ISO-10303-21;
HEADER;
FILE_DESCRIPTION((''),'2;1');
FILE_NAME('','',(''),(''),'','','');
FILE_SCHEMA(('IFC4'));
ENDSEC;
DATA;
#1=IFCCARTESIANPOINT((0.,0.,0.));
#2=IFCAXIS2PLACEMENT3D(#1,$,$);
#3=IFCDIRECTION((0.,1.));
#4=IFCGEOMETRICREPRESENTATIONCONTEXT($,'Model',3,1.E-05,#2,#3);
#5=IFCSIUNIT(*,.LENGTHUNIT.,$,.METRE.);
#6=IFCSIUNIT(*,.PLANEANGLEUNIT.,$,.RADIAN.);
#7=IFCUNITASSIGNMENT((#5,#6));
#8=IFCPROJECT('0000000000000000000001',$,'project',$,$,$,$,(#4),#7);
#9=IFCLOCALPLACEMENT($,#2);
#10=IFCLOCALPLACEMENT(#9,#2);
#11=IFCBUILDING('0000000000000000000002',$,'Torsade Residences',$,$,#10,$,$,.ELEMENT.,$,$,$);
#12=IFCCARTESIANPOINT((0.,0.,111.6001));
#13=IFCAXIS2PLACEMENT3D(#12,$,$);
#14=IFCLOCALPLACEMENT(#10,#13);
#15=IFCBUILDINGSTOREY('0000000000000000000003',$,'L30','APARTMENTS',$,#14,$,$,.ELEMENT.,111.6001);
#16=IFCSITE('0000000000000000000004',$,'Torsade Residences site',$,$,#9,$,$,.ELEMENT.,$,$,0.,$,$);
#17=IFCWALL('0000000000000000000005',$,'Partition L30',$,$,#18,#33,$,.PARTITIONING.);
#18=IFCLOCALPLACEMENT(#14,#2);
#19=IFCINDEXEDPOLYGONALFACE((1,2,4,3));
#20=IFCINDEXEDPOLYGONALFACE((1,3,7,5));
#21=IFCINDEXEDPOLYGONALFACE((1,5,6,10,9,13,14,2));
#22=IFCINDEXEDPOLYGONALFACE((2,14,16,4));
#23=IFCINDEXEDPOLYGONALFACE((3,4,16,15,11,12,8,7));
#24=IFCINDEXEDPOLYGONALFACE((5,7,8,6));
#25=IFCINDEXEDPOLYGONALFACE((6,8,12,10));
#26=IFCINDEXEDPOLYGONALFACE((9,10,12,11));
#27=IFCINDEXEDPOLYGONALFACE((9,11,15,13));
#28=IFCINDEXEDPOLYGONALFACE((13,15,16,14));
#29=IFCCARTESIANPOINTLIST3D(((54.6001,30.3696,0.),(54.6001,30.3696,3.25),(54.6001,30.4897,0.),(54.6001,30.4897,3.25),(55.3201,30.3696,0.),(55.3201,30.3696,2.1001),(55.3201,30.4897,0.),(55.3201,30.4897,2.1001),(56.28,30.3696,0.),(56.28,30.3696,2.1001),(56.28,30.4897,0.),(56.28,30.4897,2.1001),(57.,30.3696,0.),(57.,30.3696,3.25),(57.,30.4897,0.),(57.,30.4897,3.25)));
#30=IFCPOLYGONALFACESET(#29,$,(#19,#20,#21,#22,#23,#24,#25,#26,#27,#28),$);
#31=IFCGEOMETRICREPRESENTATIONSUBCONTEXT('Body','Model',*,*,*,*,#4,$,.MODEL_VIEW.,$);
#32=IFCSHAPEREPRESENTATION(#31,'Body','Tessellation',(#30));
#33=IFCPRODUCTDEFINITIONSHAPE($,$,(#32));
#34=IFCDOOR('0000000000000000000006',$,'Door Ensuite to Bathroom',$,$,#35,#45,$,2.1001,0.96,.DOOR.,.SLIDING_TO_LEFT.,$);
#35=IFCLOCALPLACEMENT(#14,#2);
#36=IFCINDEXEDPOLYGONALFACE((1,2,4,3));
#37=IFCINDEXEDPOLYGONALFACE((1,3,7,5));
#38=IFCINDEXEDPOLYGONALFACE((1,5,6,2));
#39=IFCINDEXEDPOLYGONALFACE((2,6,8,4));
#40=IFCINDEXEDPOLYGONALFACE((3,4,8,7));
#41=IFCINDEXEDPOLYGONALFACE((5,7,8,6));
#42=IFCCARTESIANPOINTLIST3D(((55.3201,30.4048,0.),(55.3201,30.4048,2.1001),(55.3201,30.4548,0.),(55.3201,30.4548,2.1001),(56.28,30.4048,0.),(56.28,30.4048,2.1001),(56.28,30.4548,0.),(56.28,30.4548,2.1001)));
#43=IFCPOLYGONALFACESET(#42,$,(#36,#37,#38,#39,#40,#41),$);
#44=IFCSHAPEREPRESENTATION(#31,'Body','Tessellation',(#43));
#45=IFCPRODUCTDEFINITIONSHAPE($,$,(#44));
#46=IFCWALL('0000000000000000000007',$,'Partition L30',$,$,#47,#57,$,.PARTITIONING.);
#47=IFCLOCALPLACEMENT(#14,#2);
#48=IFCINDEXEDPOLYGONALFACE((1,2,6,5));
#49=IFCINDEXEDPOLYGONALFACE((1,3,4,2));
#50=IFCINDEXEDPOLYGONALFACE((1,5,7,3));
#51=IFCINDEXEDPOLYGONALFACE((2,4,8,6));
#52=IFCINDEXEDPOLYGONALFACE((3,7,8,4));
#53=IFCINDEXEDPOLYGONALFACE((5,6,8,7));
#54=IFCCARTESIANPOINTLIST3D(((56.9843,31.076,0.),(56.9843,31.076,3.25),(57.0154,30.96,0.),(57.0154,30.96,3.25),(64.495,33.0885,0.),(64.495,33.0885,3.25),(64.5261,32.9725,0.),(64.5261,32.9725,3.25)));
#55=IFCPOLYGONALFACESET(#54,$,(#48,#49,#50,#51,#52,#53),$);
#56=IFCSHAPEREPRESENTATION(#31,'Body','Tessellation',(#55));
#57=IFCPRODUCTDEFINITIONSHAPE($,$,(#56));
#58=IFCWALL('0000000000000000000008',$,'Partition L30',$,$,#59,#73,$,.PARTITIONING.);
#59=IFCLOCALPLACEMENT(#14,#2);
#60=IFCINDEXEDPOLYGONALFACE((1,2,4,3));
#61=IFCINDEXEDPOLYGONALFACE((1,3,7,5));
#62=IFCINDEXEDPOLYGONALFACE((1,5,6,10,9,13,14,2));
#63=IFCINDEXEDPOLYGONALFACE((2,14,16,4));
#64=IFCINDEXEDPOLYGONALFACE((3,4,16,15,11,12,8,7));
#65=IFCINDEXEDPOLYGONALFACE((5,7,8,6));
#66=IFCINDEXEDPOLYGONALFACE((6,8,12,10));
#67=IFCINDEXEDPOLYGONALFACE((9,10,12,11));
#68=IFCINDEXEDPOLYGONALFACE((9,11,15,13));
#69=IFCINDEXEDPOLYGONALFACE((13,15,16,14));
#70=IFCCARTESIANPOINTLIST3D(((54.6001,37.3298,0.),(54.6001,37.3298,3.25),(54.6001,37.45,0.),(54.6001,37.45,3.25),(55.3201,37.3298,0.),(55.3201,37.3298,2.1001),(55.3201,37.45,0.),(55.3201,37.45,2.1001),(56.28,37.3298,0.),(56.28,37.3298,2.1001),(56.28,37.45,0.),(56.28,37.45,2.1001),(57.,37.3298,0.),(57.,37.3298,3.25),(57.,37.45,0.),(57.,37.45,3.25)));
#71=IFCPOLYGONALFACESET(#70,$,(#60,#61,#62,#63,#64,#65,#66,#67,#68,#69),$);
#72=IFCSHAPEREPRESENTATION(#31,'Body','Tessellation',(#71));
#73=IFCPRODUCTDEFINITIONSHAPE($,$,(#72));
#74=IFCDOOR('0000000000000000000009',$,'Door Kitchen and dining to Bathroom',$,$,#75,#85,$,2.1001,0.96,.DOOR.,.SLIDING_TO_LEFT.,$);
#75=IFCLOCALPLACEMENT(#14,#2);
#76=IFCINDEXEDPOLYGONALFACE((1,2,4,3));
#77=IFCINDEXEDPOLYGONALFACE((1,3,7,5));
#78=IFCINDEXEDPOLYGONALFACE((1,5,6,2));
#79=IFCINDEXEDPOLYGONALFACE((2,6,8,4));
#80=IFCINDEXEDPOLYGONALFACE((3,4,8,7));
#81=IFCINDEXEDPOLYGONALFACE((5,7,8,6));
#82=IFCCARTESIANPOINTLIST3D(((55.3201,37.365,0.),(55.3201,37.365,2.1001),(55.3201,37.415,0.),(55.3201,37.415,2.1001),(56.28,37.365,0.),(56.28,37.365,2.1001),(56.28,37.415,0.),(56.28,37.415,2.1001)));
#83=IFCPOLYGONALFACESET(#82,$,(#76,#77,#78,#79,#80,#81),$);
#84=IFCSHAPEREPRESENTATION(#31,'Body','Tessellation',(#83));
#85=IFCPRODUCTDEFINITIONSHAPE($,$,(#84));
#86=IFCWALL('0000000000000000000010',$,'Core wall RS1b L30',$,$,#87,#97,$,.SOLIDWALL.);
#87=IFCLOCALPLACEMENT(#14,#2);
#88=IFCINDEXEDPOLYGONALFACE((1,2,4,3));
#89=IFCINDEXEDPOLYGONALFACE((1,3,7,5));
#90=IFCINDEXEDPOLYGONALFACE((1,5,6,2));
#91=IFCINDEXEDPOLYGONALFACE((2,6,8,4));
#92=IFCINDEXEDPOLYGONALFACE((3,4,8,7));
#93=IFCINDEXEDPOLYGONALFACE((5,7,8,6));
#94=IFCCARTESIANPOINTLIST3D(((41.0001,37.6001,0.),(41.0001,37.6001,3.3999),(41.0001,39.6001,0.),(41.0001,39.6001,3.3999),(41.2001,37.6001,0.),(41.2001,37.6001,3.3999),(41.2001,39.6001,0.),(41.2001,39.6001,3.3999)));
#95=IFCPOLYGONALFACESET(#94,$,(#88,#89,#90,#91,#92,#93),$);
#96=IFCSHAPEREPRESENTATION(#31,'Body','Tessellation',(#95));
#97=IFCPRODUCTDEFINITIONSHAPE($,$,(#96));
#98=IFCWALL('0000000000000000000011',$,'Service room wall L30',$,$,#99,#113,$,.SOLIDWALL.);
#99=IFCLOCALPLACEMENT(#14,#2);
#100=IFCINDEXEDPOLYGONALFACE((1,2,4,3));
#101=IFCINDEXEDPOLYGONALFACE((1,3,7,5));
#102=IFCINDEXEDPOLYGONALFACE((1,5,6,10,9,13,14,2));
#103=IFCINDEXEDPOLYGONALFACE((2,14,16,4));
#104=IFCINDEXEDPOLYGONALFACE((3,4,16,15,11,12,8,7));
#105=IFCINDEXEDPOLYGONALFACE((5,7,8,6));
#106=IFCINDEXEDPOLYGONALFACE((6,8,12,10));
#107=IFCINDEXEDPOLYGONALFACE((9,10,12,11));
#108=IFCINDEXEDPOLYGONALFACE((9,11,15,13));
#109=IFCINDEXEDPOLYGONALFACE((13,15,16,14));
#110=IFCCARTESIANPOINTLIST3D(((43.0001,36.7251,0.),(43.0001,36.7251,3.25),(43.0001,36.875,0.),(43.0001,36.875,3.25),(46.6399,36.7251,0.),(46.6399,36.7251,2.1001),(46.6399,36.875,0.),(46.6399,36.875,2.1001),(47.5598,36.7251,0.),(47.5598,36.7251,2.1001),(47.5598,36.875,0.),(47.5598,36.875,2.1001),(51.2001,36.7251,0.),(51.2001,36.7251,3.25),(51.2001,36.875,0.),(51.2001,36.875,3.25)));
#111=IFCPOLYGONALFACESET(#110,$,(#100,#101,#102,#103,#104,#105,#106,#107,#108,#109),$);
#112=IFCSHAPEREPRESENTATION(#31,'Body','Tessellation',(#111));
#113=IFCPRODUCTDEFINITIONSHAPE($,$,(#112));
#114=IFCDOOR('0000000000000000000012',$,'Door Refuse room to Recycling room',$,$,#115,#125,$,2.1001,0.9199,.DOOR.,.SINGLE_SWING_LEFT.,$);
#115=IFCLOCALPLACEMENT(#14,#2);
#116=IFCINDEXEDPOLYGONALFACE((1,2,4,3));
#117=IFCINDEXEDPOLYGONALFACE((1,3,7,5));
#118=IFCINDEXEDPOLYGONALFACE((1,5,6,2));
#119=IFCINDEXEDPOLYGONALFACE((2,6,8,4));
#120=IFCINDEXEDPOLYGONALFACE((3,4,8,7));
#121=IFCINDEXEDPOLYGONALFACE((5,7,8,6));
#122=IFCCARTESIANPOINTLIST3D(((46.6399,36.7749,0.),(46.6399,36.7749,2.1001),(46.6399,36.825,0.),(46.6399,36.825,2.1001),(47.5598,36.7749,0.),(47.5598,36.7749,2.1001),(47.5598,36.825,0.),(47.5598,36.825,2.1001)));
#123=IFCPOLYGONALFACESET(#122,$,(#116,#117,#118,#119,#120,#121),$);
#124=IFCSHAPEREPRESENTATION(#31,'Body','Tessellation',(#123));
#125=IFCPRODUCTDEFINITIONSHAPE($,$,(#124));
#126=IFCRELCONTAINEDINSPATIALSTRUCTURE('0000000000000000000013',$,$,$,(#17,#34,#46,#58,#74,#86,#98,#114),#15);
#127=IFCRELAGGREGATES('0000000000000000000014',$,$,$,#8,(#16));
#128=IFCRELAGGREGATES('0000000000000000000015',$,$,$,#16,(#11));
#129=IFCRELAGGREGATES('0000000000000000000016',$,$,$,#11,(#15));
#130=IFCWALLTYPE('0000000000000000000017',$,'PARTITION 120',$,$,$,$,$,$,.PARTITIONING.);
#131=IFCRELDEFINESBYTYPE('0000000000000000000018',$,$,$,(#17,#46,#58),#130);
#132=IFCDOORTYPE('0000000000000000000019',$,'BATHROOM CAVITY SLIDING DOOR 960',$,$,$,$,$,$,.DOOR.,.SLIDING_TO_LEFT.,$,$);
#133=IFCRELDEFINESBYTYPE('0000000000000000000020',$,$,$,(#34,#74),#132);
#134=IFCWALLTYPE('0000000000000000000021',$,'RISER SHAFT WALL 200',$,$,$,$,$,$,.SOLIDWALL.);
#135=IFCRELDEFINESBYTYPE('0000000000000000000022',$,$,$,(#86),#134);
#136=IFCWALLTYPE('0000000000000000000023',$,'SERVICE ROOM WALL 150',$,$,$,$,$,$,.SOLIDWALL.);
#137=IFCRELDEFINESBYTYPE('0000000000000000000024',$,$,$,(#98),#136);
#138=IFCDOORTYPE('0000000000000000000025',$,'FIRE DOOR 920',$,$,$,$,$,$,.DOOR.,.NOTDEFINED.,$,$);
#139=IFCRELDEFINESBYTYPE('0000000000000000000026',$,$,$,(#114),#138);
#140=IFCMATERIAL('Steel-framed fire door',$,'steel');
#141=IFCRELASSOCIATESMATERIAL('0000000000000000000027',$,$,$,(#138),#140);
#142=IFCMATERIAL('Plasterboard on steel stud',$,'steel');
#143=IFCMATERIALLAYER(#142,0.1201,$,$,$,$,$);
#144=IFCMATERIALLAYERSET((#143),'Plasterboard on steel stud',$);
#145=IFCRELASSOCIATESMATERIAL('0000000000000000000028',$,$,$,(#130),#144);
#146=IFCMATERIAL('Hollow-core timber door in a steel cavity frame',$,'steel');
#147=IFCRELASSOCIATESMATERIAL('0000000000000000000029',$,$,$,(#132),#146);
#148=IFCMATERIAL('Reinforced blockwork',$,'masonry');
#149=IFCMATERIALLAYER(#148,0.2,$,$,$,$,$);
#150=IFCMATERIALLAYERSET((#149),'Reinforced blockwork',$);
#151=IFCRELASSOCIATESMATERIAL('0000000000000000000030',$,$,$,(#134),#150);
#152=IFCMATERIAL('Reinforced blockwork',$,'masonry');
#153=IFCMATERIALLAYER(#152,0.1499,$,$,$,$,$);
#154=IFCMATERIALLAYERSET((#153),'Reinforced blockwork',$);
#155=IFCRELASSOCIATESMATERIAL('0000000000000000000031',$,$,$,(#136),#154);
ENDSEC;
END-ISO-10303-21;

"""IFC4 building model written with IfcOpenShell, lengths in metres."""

from ifc_helpers import new_model, si_unit, direction, frame, frame_2d, origin, place, context, subcontext, project, spatial, rectangle, extrude, material, layer, layer_set, type_object, element, fill, save


model = new_model("IFC4")

# Units and contexts
model_context = context("Model", 3, precision=1e-05, world=origin(), true_north=direction((0.0, 1.0)))
body_context = subcontext(model_context, "Body", "Model", "MODEL_VIEW")
ifc_project = project(units=[si_unit("LENGTHUNIT", "METRE"), si_unit("PLANEANGLEUNIT", "RADIAN")], contexts=[model_context])

# Site, building, storey
site_placement = place(None, origin())
site = spatial("IfcSite", under=ifc_project, at=site_placement, Name="Torsade Residences site", CompositionType="ELEMENT", RefElevation=0.0)
building_placement = place(site_placement, origin())
building = spatial("IfcBuilding", under=site, at=building_placement, Name="Torsade Residences", CompositionType="ELEMENT")
storey_placement = place(building_placement, frame((0.0, 0.0, 111.6001)))
storey = spatial("IfcBuildingStorey", under=building, at=storey_placement, Name="L30", Description="APARTMENTS", CompositionType="ELEMENT", Elevation=111.6001)

# Shared definitions
ifc_material_1 = material(Name="Steel-framed fire door", Category="steel")
door_type_1 = type_object("IfcDoorType", Name="FIRE DOOR 920", OperationType="NOTDEFINED", PredefinedType="DOOR", material=ifc_material_1)

# Wall, opening, door
ifc_material_2 = material(Name="Plasterboard on steel stud", Category="steel")
ifc_layer_1 = layer(ifc_material_2, 0.1201)
ifc_layer_set_1 = layer_set([ifc_layer_1], Name="Plasterboard on steel stud")
wall_type_1 = type_object("IfcWallType", Name="PARTITION 120", PredefinedType="PARTITIONING", material=ifc_layer_set_1)
ifc_material_3 = material(Name="Hollow-core timber door in a steel cavity frame", Category="steel")
door_type_2 = type_object("IfcDoorType", Name="BATHROOM CAVITY SLIDING DOOR 960", OperationType="SLIDING_TO_LEFT", PredefinedType="DOOR", material=ifc_material_3)
wall_1_placement = place(storey_placement, frame((57.0, 30.4297, 0.0), z_axis=(0.0, 0.0, 1.0), x_axis=(-1.0, 0.0, 0.0)))
wall_1 = element("IfcWall", 1, at=wall_1_placement, inside=storey, type_object=wall_type_1, Name="Partition L30", PredefinedType="PARTITIONING", context=body_context, shape_type="SweptSolid", body=[
    extrude(rectangle(XDim=2.3999, YDim=0.1201, at=frame_2d((1.2, 0.0))), origin(), (0.0, 0.0, 1.0), 3.25),
])
opening_1_placement = place(wall_1_placement, frame((0.72, 0.0, 0.0)))
opening_1 = element("IfcOpeningElement", 2, at=opening_1_placement, cuts=wall_1, PredefinedType="OPENING", context=body_context, shape_type="SweptSolid", body=[
    extrude(rectangle(XDim=0.96, YDim=2.1001, at=frame_2d((0.48, 1.05))), frame((0.0, 0.0701, 0.0), z_axis=(0.0, -1.0, 0.0), x_axis=(1.0, 0.0, 0.0)), (0.0, 0.0, 1.0), 0.1401),
])
door_1_placement = place(opening_1_placement, origin())
door_1 = element("IfcDoor", 3, at=door_1_placement, inside=storey, type_object=door_type_2, Name="Door Ensuite to Bathroom", OperationType="SLIDING_TO_LEFT", OverallHeight=2.1001, OverallWidth=0.96, PredefinedType="DOOR", context=body_context, shape_type="SweptSolid", body=[
    extrude(rectangle(XDim=0.96, YDim=2.1001, at=frame_2d((0.48, 1.05))), frame((0.0, 0.0249, 0.0), z_axis=(0.0, -1.0, 0.0), x_axis=(1.0, 0.0, 0.0)), (0.0, 0.0, 1.0), 0.05),
])
fill(opening_1, door_1)

# Wall
wall_2_placement = place(storey_placement, frame((57.0, 31.0181, 0.0), z_axis=(0.0, 0.0, 1.0), x_axis=(0.965927, 0.258814, 0.0)))
element("IfcWall", 4, at=wall_2_placement, inside=storey, type_object=wall_type_1, Name="Partition L30", PredefinedType="PARTITIONING", context=body_context, shape_type="SweptSolid", body=[
    extrude(rectangle(XDim=7.7756, YDim=0.1201, at=frame_2d((3.8877, 0.0))), origin(), (0.0, 0.0, 1.0), 3.25),
])

# Wall, opening, door
wall_3_placement = place(storey_placement, frame((57.0, 37.3899, 0.0), z_axis=(0.0, 0.0, 1.0), x_axis=(-1.0, 0.0, 0.0)))
wall_3 = element("IfcWall", 5, at=wall_3_placement, inside=storey, type_object=wall_type_1, Name="Partition L30", PredefinedType="PARTITIONING", context=body_context, shape_type="SweptSolid", body=[
    extrude(rectangle(XDim=2.3999, YDim=0.1201, at=frame_2d((1.2, 0.0))), origin(), (0.0, 0.0, 1.0), 3.25),
])
opening_2_placement = place(wall_3_placement, frame((0.72, 0.0, 0.0)))
opening_2 = element("IfcOpeningElement", 6, at=opening_2_placement, cuts=wall_3, PredefinedType="OPENING", context=body_context, shape_type="SweptSolid", body=[
    extrude(rectangle(XDim=0.96, YDim=2.1001, at=frame_2d((0.48, 1.05))), frame((0.0, 0.0701, 0.0), z_axis=(0.0, -1.0, 0.0), x_axis=(1.0, 0.0, 0.0)), (0.0, 0.0, 1.0), 0.1401),
])
door_2_placement = place(opening_2_placement, origin())
door_2 = element("IfcDoor", 7, at=door_2_placement, inside=storey, type_object=door_type_2, Name="Door Kitchen and dining to Bathroom", OperationType="SLIDING_TO_LEFT", OverallHeight=2.1001, OverallWidth=0.96, PredefinedType="DOOR", context=body_context, shape_type="SweptSolid", body=[
    extrude(rectangle(XDim=0.96, YDim=2.1001, at=frame_2d((0.48, 1.05))), frame((0.0, 0.0249, 0.0), z_axis=(0.0, -1.0, 0.0), x_axis=(1.0, 0.0, 0.0)), (0.0, 0.0, 1.0), 0.05),
])
fill(opening_2, door_2)

# Wall
ifc_material_4 = material(Name="Reinforced blockwork", Category="masonry")
ifc_layer_2 = layer(ifc_material_4, 0.2)
ifc_layer_set_2 = layer_set([ifc_layer_2], Name="Reinforced blockwork")
wall_type_2 = type_object("IfcWallType", Name="RISER SHAFT WALL 200", PredefinedType="SOLIDWALL", material=ifc_layer_set_2)
wall_4_placement = place(storey_placement, frame((41.1001, 37.6001, 0.0), z_axis=(0.0, 0.0, 1.0), x_axis=(0.0, 1.0, 0.0)))
element("IfcWall", 8, at=wall_4_placement, inside=storey, type_object=wall_type_2, Name="Core wall RS1b L30", PredefinedType="SOLIDWALL", context=body_context, shape_type="SweptSolid", body=[
    extrude(rectangle(XDim=2.0, YDim=0.2, at=frame_2d((1.0, 0.0))), origin(), (0.0, 0.0, 1.0), 3.3999),
])

# Wall, opening, door
ifc_material_5 = material(Name="Reinforced blockwork", Category="masonry")
ifc_layer_3 = layer(ifc_material_5, 0.1499)
ifc_layer_set_3 = layer_set([ifc_layer_3], Name="Reinforced blockwork")
wall_type_3 = type_object("IfcWallType", Name="SERVICE ROOM WALL 150", PredefinedType="SOLIDWALL", material=ifc_layer_set_3)
wall_5_placement = place(storey_placement, frame((43.0, 36.8, 0.0), z_axis=(0.0, 0.0, 1.0), x_axis=(1.0, 0.0, 0.0)))
wall_5 = element("IfcWall", 9, at=wall_5_placement, inside=storey, type_object=wall_type_3, Name="Service room wall L30", PredefinedType="SOLIDWALL", context=body_context, shape_type="SweptSolid", body=[
    extrude(rectangle(XDim=8.2, YDim=0.1499, at=frame_2d((4.1001, 0.0))), origin(), (0.0, 0.0, 1.0), 3.25),
])
opening_3_placement = place(wall_5_placement, frame((3.6399, 0.0, 0.0)))
opening_3 = element("IfcOpeningElement", 10, at=opening_3_placement, cuts=wall_5, PredefinedType="OPENING", context=body_context, shape_type="SweptSolid", body=[
    extrude(rectangle(XDim=0.9199, YDim=2.1001, at=frame_2d((0.46, 1.05))), frame((0.0, 0.085, 0.0), z_axis=(0.0, -1.0, 0.0), x_axis=(1.0, 0.0, 0.0)), (0.0, 0.0, 1.0), 0.1699),
])
door_3_placement = place(opening_3_placement, origin())
door_3 = element("IfcDoor", 11, at=door_3_placement, inside=storey, type_object=door_type_1, Name="Door Refuse room to Recycling room", OperationType="SINGLE_SWING_LEFT", OverallHeight=2.1001, OverallWidth=0.9199, PredefinedType="DOOR", context=body_context, shape_type="SweptSolid", body=[
    extrude(rectangle(XDim=0.9199, YDim=2.1001, at=frame_2d((0.46, 1.05))), frame((0.0, 0.0249, 0.0), z_axis=(0.0, -1.0, 0.0), x_axis=(1.0, 0.0, 0.0)), (0.0, 0.0, 1.0), 0.05),
])
fill(opening_3, door_3)

save(model, "model.ifc")
